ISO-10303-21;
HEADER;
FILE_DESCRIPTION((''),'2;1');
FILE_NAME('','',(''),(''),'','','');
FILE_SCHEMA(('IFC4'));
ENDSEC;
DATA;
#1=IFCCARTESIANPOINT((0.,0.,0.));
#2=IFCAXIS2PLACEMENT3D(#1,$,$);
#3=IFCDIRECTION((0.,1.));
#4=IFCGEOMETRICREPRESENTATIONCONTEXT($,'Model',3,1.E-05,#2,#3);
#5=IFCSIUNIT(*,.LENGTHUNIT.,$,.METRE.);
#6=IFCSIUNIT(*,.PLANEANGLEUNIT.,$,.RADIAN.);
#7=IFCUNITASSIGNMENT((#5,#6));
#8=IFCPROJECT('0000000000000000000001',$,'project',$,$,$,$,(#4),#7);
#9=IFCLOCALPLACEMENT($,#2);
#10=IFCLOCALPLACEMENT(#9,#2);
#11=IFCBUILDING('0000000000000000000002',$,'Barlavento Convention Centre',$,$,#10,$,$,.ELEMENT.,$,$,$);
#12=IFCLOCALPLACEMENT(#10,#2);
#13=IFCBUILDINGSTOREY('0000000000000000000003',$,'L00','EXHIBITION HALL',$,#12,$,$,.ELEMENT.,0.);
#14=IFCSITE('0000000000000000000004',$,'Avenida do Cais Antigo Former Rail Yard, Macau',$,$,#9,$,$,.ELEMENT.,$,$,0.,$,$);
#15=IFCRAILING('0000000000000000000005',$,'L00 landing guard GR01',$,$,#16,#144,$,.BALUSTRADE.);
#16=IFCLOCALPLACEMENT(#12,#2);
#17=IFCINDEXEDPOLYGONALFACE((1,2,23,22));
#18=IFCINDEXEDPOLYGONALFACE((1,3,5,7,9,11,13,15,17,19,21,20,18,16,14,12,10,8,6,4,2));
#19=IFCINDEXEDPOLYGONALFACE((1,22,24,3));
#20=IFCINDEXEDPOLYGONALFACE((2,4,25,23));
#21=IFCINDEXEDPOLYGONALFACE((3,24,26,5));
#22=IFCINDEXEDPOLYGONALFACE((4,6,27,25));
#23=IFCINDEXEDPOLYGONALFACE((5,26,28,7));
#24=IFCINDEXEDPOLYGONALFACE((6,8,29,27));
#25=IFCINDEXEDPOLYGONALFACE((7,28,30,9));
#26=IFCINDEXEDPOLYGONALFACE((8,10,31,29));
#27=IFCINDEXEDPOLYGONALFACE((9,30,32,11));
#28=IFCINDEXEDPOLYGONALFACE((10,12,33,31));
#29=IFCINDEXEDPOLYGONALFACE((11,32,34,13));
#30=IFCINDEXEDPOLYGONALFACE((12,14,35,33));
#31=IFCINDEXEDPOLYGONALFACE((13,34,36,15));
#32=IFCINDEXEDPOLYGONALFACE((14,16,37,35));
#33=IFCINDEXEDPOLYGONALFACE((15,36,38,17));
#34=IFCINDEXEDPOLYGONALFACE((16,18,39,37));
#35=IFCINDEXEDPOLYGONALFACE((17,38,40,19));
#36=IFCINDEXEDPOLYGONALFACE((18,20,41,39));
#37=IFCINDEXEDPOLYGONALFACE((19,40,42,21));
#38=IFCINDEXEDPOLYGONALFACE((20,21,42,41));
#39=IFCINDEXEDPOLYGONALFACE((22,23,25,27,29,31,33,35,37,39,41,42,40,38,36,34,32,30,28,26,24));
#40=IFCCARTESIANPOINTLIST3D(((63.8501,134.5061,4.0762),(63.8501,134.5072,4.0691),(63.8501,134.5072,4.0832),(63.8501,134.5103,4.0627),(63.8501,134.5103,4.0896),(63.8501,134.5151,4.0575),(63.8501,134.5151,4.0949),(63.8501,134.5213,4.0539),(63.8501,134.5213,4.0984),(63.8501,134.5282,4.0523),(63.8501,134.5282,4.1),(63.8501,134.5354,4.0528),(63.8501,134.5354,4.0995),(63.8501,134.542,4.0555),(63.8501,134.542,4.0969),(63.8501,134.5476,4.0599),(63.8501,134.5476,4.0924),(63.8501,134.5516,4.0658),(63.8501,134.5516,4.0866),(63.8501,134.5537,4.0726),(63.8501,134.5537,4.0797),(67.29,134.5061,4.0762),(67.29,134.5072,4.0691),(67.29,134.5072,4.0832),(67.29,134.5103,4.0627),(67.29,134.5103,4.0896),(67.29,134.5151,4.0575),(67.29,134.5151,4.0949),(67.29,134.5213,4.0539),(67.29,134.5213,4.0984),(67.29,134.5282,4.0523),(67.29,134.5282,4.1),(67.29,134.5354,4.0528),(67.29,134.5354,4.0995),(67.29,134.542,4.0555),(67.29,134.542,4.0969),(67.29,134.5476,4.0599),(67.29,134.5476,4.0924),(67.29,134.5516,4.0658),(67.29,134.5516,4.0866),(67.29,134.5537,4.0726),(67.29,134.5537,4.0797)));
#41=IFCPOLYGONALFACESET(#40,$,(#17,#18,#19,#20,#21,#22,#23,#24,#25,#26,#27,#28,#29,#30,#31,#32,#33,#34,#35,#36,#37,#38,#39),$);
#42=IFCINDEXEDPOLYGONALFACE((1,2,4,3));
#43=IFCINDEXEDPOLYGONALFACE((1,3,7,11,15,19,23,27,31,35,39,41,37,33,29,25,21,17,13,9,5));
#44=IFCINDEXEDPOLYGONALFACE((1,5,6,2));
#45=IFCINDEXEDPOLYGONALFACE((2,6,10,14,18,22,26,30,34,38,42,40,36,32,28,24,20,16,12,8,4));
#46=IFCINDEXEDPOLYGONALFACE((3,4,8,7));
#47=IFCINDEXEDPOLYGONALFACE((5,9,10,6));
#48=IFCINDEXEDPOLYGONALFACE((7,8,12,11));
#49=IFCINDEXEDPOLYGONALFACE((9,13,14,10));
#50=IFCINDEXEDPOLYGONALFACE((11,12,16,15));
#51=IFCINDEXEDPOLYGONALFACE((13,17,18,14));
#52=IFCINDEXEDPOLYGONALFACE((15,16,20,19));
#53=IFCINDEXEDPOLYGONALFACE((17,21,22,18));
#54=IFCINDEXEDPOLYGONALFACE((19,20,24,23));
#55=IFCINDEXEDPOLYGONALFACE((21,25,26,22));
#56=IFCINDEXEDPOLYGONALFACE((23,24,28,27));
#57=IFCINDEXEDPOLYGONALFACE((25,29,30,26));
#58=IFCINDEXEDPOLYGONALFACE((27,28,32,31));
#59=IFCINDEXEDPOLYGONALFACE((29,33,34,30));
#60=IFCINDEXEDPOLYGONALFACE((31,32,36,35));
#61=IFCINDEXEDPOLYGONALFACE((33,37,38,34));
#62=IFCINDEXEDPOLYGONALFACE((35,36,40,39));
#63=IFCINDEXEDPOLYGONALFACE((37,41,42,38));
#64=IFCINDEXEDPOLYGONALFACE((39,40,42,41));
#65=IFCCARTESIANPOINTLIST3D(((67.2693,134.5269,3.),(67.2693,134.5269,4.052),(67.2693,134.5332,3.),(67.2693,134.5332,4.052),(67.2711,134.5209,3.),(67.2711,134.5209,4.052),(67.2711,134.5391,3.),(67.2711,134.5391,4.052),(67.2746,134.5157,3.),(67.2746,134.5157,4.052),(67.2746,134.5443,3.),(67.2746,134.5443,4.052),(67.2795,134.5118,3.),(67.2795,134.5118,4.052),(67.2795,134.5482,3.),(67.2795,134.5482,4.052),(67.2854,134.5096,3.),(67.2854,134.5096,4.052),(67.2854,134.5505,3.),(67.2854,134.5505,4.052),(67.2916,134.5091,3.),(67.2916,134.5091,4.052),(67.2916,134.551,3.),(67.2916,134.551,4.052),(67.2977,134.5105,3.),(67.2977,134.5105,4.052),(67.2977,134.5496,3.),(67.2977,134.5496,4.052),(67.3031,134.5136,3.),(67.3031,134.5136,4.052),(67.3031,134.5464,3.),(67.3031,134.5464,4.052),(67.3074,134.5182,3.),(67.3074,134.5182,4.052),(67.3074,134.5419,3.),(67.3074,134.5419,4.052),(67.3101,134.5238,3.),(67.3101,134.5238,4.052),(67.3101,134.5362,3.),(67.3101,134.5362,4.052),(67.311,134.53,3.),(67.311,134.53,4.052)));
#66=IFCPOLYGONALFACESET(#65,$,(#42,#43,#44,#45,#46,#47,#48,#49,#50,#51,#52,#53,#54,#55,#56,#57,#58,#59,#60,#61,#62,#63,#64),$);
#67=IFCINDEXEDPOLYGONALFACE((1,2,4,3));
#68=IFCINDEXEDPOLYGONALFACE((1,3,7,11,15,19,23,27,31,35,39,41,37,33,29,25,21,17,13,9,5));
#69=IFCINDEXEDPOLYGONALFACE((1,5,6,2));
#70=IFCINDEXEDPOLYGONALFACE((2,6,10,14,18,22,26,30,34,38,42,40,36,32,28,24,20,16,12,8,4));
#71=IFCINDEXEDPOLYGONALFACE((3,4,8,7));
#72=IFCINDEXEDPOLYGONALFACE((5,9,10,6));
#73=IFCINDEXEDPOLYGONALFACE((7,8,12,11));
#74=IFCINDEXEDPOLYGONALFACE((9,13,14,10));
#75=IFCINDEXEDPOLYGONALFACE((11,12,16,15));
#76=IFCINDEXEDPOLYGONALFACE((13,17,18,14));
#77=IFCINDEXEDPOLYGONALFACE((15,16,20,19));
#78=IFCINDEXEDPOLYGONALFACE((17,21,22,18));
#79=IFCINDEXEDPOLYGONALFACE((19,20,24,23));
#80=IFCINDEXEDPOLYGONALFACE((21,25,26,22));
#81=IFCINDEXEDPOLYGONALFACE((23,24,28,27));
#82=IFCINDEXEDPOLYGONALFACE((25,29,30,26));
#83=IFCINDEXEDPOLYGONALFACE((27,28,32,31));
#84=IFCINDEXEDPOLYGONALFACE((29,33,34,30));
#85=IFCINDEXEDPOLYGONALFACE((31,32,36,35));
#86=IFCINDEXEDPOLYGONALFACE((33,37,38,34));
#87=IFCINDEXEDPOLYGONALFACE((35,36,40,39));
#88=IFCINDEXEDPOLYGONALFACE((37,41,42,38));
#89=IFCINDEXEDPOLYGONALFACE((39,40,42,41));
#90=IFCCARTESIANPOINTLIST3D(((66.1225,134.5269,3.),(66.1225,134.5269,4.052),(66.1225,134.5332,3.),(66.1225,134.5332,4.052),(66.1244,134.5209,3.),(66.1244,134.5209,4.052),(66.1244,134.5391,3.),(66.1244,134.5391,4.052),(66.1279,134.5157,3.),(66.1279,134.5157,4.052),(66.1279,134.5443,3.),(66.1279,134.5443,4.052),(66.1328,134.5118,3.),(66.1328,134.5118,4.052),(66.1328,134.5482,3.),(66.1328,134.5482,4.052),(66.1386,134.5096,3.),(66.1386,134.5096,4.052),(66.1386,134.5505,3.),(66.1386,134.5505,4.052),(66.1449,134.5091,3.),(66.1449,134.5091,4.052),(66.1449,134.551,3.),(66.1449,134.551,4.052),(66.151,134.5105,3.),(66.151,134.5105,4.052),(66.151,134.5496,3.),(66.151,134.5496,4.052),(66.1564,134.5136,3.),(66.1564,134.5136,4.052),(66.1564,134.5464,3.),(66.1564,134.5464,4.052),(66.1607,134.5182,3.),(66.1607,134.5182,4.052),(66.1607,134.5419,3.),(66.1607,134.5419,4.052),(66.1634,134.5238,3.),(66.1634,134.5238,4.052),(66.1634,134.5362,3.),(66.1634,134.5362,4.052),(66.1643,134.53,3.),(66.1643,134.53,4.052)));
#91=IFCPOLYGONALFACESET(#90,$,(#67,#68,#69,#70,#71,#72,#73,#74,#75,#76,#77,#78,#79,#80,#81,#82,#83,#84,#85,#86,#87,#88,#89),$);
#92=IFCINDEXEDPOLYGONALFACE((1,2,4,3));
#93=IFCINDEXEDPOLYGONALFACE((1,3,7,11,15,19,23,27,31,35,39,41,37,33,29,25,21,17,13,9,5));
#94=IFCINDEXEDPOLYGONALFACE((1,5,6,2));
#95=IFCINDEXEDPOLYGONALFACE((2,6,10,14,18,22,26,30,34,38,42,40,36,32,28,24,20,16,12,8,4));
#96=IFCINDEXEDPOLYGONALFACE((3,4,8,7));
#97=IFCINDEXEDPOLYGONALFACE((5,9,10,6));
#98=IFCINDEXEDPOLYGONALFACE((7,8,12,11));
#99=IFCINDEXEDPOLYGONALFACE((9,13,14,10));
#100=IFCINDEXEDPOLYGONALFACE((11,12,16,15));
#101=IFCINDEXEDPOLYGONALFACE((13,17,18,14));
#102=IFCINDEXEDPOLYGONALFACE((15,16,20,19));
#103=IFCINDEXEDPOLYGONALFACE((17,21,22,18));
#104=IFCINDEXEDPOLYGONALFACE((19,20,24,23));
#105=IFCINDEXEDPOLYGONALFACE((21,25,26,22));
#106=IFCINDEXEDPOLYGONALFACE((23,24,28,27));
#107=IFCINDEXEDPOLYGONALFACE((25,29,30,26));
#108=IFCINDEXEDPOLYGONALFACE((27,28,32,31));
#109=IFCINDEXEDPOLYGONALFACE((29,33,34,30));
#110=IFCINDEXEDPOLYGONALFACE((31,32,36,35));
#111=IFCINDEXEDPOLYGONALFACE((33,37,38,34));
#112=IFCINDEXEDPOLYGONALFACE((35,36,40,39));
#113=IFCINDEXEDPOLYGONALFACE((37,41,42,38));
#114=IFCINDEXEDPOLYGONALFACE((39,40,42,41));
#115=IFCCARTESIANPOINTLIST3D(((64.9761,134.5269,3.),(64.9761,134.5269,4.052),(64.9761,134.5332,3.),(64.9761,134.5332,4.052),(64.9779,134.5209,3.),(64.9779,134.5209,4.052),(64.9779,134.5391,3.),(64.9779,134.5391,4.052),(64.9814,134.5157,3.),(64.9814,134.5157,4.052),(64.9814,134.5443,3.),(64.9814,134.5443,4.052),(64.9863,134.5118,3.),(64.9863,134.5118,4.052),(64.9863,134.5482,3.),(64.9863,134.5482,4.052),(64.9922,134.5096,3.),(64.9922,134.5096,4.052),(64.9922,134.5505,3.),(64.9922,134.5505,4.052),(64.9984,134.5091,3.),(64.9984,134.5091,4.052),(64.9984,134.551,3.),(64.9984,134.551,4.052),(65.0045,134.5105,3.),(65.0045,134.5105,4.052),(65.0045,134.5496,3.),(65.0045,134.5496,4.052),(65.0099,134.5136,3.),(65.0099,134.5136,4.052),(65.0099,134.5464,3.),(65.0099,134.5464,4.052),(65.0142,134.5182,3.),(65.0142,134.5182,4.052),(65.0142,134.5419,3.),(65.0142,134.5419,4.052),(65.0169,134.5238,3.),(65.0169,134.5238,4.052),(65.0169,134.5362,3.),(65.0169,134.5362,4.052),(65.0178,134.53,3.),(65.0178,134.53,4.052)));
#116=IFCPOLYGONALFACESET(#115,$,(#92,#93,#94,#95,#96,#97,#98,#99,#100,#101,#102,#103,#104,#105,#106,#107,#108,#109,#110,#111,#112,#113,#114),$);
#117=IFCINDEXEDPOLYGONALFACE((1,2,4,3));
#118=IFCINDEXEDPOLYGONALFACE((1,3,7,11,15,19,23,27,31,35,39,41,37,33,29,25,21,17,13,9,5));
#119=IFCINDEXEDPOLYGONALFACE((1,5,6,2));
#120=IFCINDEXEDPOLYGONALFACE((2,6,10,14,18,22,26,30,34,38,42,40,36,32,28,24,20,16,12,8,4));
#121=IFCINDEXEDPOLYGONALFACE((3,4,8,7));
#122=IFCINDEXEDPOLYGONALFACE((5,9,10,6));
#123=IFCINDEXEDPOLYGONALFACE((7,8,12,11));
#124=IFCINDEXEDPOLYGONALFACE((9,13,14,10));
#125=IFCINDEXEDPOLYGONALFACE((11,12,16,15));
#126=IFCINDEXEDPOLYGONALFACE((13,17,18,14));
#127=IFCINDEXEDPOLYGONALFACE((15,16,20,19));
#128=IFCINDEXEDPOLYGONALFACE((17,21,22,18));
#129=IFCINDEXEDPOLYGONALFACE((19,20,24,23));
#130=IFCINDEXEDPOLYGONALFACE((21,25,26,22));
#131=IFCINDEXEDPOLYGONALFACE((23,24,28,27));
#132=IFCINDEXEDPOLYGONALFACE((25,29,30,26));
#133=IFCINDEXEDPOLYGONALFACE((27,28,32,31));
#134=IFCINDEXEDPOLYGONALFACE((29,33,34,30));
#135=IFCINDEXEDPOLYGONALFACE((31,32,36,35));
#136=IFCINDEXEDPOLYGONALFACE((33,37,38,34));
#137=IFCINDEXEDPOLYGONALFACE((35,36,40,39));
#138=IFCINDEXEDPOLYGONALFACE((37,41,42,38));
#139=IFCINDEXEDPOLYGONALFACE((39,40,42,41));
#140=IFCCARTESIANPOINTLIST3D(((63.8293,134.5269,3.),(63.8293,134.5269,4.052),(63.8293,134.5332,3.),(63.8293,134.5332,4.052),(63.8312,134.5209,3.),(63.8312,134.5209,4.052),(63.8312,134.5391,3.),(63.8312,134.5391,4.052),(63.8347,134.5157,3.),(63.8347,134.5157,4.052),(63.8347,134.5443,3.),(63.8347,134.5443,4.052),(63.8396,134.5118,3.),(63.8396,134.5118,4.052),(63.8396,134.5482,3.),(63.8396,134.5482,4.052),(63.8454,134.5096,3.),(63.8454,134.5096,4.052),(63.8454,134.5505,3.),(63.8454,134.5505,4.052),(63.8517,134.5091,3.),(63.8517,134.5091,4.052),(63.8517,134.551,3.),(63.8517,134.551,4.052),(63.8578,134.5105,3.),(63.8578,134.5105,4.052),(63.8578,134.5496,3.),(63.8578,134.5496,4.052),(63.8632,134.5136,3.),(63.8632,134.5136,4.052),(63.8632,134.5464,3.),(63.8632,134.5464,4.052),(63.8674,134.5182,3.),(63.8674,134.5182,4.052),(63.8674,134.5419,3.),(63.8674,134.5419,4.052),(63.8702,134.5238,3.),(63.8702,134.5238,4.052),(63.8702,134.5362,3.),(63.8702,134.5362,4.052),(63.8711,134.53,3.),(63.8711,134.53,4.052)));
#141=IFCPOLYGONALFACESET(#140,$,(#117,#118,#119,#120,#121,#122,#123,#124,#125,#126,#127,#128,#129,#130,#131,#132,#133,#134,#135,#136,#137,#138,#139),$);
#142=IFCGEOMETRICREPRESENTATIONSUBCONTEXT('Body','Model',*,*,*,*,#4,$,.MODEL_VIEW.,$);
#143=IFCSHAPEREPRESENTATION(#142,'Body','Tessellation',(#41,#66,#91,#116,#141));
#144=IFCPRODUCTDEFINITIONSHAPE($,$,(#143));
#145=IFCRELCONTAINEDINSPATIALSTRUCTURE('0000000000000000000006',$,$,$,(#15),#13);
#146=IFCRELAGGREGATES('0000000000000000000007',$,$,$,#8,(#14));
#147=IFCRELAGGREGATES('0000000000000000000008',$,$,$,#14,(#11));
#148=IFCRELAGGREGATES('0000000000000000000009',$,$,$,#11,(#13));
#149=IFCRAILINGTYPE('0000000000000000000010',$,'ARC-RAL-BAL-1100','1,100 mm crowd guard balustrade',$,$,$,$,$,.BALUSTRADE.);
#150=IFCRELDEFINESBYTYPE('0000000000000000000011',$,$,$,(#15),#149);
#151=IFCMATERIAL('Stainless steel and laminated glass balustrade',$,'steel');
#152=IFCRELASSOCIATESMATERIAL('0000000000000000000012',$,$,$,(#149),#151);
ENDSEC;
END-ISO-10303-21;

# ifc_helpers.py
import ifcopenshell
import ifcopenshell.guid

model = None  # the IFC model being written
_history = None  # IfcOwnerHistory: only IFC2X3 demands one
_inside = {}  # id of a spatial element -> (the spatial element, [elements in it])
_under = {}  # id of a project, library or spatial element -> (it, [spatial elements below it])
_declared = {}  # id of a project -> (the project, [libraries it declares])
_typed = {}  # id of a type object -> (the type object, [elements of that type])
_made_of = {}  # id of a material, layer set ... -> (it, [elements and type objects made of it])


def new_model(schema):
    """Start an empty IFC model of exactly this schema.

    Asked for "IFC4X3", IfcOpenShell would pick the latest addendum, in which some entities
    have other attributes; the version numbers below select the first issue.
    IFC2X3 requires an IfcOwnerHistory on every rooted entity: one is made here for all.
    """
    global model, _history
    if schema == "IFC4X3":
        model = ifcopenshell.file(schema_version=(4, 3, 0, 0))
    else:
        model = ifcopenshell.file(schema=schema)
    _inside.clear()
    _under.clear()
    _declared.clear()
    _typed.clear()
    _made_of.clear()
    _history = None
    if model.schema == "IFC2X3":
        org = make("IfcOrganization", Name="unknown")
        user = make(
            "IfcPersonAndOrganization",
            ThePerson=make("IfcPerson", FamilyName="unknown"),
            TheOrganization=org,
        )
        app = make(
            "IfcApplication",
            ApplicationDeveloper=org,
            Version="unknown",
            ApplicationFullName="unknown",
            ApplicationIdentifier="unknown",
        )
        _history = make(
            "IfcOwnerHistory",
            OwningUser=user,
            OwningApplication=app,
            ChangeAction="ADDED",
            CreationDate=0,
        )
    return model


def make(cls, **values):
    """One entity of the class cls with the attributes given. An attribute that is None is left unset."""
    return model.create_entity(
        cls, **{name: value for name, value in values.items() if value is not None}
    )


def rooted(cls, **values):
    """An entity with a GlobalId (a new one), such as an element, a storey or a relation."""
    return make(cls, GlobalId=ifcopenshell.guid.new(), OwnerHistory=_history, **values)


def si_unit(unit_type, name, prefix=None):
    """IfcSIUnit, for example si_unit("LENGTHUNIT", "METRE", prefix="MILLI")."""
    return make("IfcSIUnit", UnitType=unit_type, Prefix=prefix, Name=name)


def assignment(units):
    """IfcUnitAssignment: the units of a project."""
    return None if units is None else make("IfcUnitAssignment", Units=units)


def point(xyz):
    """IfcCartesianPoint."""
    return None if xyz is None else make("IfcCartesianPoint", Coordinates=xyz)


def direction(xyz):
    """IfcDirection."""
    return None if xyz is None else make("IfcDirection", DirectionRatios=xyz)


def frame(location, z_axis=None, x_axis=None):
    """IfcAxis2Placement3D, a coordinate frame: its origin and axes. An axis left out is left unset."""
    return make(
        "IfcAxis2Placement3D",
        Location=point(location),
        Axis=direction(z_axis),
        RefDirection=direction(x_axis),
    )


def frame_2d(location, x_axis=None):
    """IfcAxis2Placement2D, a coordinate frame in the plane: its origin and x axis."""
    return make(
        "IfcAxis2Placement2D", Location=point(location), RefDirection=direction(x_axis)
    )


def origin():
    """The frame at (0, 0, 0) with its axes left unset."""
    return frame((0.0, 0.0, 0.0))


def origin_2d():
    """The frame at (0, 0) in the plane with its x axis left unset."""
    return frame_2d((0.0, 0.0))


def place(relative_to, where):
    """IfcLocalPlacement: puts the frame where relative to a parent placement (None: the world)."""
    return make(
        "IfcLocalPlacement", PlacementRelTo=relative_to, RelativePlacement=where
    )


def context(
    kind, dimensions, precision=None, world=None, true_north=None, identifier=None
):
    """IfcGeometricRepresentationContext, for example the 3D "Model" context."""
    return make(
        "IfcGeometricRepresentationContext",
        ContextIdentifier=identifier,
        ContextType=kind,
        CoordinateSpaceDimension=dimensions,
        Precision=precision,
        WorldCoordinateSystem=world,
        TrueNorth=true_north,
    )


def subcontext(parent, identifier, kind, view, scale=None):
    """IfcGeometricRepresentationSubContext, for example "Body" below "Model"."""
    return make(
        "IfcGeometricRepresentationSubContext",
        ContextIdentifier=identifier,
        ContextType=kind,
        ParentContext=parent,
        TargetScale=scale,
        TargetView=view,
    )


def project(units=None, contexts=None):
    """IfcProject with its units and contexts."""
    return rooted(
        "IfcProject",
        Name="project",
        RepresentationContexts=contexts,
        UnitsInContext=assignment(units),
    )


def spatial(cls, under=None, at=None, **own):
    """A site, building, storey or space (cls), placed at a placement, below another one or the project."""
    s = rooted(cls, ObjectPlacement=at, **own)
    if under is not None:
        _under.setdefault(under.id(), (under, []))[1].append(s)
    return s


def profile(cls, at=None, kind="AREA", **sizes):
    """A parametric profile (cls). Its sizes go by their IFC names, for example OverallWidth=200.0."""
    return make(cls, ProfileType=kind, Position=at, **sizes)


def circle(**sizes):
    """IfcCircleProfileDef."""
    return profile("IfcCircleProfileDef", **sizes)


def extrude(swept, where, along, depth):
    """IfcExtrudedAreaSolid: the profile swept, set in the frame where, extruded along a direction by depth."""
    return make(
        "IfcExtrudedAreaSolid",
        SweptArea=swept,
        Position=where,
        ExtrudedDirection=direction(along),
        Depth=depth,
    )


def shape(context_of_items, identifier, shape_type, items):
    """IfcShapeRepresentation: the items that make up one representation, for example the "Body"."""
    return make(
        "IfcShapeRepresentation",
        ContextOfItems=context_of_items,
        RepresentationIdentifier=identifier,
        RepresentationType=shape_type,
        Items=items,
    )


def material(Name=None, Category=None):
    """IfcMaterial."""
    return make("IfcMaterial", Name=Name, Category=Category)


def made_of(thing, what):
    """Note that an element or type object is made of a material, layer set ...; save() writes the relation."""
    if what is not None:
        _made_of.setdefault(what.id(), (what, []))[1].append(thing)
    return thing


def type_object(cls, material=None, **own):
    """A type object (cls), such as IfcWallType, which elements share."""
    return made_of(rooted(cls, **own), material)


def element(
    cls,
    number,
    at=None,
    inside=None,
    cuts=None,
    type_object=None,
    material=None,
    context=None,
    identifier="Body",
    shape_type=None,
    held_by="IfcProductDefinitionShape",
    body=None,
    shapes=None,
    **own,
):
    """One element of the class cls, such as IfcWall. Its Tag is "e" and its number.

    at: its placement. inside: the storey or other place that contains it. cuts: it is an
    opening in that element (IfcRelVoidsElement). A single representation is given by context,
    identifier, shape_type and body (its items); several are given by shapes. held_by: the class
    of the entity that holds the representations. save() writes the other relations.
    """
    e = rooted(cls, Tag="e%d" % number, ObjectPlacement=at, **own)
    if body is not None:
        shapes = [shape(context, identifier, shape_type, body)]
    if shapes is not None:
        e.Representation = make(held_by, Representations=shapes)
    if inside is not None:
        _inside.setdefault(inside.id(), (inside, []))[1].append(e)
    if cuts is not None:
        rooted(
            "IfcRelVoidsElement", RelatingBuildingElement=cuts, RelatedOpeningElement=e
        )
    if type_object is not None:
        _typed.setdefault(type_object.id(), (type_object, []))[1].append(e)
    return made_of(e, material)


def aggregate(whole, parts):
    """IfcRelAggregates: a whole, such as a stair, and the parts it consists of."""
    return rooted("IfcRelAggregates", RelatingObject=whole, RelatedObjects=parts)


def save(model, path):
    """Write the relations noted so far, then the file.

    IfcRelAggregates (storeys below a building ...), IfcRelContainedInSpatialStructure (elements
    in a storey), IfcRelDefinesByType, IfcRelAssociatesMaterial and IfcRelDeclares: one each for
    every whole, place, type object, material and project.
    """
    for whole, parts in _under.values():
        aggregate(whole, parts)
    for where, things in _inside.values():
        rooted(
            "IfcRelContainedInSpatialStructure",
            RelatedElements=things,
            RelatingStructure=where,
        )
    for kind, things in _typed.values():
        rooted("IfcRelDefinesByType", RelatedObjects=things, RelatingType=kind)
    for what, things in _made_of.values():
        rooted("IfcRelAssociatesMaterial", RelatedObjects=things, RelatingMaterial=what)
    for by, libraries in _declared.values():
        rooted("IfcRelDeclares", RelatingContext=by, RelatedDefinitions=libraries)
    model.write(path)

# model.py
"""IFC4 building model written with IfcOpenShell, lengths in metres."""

from ifc_helpers import new_model, si_unit, direction, frame, origin, origin_2d, place, context, subcontext, project, spatial, circle, extrude, material, type_object, element, save


model = new_model("IFC4")

# Units and contexts
model_context = context("Model", 3, precision=1e-05, world=origin(), true_north=direction((0.0, 1.0)))
body_context = subcontext(model_context, "Body", "Model", "MODEL_VIEW")
ifc_project = project(units=[si_unit("LENGTHUNIT", "METRE"), si_unit("PLANEANGLEUNIT", "RADIAN")], contexts=[model_context])

# Site, building, storey
site_placement = place(None, origin())
site = spatial("IfcSite", under=ifc_project, at=site_placement, Name="Avenida do Cais Antigo Former Rail Yard, Macau", CompositionType="ELEMENT", RefElevation=0.0)
building_placement = place(site_placement, origin())
building = spatial("IfcBuilding", under=site, at=building_placement, Name="Barlavento Convention Centre", CompositionType="ELEMENT")
storey_placement = place(building_placement, origin())
storey = spatial("IfcBuildingStorey", under=building, at=storey_placement, Name="L00", Description="EXHIBITION HALL", CompositionType="ELEMENT", Elevation=0.0)

# Railing
ifc_material_1 = material(Name="Stainless steel and laminated glass balustrade", Category="steel")
railing_type_1 = type_object("IfcRailingType", Name="ARC-RAL-BAL-1100", Description="1,100 mm crowd guard balustrade", PredefinedType="BALUSTRADE", material=ifc_material_1)
railing_1_placement = place(storey_placement, frame((67.29, 134.53, 3.0)))
element("IfcRailing", 1, at=railing_1_placement, inside=storey, type_object=railing_type_1, Name="L00 landing guard GR01", PredefinedType="BALUSTRADE", context=body_context, shape_type="SweptSolid", body=[
    extrude(circle(Radius=0.0239, at=origin_2d()), frame((0.0, 0.0, 1.0762), z_axis=(-1.0, 0.0, 0.0), x_axis=(0.0, -1.0, 0.0)), (0.0, 0.0, 1.0), 3.4399),
    extrude(circle(Radius=0.021, at=origin_2d()), origin(), (0.0, 0.0, 1.0), 1.052),
    extrude(circle(Radius=0.021, at=origin_2d()), frame((-1.1467, 0.0, 0.0)), (0.0, 0.0, 1.0), 1.052),
    extrude(circle(Radius=0.021, at=origin_2d()), frame((-2.2932, 0.0, 0.0)), (0.0, 0.0, 1.0), 1.052),
    extrude(circle(Radius=0.021, at=origin_2d()), frame((-3.4399, 0.0, 0.0)), (0.0, 0.0, 1.0), 1.052),
])

save(model, "model.ifc")
